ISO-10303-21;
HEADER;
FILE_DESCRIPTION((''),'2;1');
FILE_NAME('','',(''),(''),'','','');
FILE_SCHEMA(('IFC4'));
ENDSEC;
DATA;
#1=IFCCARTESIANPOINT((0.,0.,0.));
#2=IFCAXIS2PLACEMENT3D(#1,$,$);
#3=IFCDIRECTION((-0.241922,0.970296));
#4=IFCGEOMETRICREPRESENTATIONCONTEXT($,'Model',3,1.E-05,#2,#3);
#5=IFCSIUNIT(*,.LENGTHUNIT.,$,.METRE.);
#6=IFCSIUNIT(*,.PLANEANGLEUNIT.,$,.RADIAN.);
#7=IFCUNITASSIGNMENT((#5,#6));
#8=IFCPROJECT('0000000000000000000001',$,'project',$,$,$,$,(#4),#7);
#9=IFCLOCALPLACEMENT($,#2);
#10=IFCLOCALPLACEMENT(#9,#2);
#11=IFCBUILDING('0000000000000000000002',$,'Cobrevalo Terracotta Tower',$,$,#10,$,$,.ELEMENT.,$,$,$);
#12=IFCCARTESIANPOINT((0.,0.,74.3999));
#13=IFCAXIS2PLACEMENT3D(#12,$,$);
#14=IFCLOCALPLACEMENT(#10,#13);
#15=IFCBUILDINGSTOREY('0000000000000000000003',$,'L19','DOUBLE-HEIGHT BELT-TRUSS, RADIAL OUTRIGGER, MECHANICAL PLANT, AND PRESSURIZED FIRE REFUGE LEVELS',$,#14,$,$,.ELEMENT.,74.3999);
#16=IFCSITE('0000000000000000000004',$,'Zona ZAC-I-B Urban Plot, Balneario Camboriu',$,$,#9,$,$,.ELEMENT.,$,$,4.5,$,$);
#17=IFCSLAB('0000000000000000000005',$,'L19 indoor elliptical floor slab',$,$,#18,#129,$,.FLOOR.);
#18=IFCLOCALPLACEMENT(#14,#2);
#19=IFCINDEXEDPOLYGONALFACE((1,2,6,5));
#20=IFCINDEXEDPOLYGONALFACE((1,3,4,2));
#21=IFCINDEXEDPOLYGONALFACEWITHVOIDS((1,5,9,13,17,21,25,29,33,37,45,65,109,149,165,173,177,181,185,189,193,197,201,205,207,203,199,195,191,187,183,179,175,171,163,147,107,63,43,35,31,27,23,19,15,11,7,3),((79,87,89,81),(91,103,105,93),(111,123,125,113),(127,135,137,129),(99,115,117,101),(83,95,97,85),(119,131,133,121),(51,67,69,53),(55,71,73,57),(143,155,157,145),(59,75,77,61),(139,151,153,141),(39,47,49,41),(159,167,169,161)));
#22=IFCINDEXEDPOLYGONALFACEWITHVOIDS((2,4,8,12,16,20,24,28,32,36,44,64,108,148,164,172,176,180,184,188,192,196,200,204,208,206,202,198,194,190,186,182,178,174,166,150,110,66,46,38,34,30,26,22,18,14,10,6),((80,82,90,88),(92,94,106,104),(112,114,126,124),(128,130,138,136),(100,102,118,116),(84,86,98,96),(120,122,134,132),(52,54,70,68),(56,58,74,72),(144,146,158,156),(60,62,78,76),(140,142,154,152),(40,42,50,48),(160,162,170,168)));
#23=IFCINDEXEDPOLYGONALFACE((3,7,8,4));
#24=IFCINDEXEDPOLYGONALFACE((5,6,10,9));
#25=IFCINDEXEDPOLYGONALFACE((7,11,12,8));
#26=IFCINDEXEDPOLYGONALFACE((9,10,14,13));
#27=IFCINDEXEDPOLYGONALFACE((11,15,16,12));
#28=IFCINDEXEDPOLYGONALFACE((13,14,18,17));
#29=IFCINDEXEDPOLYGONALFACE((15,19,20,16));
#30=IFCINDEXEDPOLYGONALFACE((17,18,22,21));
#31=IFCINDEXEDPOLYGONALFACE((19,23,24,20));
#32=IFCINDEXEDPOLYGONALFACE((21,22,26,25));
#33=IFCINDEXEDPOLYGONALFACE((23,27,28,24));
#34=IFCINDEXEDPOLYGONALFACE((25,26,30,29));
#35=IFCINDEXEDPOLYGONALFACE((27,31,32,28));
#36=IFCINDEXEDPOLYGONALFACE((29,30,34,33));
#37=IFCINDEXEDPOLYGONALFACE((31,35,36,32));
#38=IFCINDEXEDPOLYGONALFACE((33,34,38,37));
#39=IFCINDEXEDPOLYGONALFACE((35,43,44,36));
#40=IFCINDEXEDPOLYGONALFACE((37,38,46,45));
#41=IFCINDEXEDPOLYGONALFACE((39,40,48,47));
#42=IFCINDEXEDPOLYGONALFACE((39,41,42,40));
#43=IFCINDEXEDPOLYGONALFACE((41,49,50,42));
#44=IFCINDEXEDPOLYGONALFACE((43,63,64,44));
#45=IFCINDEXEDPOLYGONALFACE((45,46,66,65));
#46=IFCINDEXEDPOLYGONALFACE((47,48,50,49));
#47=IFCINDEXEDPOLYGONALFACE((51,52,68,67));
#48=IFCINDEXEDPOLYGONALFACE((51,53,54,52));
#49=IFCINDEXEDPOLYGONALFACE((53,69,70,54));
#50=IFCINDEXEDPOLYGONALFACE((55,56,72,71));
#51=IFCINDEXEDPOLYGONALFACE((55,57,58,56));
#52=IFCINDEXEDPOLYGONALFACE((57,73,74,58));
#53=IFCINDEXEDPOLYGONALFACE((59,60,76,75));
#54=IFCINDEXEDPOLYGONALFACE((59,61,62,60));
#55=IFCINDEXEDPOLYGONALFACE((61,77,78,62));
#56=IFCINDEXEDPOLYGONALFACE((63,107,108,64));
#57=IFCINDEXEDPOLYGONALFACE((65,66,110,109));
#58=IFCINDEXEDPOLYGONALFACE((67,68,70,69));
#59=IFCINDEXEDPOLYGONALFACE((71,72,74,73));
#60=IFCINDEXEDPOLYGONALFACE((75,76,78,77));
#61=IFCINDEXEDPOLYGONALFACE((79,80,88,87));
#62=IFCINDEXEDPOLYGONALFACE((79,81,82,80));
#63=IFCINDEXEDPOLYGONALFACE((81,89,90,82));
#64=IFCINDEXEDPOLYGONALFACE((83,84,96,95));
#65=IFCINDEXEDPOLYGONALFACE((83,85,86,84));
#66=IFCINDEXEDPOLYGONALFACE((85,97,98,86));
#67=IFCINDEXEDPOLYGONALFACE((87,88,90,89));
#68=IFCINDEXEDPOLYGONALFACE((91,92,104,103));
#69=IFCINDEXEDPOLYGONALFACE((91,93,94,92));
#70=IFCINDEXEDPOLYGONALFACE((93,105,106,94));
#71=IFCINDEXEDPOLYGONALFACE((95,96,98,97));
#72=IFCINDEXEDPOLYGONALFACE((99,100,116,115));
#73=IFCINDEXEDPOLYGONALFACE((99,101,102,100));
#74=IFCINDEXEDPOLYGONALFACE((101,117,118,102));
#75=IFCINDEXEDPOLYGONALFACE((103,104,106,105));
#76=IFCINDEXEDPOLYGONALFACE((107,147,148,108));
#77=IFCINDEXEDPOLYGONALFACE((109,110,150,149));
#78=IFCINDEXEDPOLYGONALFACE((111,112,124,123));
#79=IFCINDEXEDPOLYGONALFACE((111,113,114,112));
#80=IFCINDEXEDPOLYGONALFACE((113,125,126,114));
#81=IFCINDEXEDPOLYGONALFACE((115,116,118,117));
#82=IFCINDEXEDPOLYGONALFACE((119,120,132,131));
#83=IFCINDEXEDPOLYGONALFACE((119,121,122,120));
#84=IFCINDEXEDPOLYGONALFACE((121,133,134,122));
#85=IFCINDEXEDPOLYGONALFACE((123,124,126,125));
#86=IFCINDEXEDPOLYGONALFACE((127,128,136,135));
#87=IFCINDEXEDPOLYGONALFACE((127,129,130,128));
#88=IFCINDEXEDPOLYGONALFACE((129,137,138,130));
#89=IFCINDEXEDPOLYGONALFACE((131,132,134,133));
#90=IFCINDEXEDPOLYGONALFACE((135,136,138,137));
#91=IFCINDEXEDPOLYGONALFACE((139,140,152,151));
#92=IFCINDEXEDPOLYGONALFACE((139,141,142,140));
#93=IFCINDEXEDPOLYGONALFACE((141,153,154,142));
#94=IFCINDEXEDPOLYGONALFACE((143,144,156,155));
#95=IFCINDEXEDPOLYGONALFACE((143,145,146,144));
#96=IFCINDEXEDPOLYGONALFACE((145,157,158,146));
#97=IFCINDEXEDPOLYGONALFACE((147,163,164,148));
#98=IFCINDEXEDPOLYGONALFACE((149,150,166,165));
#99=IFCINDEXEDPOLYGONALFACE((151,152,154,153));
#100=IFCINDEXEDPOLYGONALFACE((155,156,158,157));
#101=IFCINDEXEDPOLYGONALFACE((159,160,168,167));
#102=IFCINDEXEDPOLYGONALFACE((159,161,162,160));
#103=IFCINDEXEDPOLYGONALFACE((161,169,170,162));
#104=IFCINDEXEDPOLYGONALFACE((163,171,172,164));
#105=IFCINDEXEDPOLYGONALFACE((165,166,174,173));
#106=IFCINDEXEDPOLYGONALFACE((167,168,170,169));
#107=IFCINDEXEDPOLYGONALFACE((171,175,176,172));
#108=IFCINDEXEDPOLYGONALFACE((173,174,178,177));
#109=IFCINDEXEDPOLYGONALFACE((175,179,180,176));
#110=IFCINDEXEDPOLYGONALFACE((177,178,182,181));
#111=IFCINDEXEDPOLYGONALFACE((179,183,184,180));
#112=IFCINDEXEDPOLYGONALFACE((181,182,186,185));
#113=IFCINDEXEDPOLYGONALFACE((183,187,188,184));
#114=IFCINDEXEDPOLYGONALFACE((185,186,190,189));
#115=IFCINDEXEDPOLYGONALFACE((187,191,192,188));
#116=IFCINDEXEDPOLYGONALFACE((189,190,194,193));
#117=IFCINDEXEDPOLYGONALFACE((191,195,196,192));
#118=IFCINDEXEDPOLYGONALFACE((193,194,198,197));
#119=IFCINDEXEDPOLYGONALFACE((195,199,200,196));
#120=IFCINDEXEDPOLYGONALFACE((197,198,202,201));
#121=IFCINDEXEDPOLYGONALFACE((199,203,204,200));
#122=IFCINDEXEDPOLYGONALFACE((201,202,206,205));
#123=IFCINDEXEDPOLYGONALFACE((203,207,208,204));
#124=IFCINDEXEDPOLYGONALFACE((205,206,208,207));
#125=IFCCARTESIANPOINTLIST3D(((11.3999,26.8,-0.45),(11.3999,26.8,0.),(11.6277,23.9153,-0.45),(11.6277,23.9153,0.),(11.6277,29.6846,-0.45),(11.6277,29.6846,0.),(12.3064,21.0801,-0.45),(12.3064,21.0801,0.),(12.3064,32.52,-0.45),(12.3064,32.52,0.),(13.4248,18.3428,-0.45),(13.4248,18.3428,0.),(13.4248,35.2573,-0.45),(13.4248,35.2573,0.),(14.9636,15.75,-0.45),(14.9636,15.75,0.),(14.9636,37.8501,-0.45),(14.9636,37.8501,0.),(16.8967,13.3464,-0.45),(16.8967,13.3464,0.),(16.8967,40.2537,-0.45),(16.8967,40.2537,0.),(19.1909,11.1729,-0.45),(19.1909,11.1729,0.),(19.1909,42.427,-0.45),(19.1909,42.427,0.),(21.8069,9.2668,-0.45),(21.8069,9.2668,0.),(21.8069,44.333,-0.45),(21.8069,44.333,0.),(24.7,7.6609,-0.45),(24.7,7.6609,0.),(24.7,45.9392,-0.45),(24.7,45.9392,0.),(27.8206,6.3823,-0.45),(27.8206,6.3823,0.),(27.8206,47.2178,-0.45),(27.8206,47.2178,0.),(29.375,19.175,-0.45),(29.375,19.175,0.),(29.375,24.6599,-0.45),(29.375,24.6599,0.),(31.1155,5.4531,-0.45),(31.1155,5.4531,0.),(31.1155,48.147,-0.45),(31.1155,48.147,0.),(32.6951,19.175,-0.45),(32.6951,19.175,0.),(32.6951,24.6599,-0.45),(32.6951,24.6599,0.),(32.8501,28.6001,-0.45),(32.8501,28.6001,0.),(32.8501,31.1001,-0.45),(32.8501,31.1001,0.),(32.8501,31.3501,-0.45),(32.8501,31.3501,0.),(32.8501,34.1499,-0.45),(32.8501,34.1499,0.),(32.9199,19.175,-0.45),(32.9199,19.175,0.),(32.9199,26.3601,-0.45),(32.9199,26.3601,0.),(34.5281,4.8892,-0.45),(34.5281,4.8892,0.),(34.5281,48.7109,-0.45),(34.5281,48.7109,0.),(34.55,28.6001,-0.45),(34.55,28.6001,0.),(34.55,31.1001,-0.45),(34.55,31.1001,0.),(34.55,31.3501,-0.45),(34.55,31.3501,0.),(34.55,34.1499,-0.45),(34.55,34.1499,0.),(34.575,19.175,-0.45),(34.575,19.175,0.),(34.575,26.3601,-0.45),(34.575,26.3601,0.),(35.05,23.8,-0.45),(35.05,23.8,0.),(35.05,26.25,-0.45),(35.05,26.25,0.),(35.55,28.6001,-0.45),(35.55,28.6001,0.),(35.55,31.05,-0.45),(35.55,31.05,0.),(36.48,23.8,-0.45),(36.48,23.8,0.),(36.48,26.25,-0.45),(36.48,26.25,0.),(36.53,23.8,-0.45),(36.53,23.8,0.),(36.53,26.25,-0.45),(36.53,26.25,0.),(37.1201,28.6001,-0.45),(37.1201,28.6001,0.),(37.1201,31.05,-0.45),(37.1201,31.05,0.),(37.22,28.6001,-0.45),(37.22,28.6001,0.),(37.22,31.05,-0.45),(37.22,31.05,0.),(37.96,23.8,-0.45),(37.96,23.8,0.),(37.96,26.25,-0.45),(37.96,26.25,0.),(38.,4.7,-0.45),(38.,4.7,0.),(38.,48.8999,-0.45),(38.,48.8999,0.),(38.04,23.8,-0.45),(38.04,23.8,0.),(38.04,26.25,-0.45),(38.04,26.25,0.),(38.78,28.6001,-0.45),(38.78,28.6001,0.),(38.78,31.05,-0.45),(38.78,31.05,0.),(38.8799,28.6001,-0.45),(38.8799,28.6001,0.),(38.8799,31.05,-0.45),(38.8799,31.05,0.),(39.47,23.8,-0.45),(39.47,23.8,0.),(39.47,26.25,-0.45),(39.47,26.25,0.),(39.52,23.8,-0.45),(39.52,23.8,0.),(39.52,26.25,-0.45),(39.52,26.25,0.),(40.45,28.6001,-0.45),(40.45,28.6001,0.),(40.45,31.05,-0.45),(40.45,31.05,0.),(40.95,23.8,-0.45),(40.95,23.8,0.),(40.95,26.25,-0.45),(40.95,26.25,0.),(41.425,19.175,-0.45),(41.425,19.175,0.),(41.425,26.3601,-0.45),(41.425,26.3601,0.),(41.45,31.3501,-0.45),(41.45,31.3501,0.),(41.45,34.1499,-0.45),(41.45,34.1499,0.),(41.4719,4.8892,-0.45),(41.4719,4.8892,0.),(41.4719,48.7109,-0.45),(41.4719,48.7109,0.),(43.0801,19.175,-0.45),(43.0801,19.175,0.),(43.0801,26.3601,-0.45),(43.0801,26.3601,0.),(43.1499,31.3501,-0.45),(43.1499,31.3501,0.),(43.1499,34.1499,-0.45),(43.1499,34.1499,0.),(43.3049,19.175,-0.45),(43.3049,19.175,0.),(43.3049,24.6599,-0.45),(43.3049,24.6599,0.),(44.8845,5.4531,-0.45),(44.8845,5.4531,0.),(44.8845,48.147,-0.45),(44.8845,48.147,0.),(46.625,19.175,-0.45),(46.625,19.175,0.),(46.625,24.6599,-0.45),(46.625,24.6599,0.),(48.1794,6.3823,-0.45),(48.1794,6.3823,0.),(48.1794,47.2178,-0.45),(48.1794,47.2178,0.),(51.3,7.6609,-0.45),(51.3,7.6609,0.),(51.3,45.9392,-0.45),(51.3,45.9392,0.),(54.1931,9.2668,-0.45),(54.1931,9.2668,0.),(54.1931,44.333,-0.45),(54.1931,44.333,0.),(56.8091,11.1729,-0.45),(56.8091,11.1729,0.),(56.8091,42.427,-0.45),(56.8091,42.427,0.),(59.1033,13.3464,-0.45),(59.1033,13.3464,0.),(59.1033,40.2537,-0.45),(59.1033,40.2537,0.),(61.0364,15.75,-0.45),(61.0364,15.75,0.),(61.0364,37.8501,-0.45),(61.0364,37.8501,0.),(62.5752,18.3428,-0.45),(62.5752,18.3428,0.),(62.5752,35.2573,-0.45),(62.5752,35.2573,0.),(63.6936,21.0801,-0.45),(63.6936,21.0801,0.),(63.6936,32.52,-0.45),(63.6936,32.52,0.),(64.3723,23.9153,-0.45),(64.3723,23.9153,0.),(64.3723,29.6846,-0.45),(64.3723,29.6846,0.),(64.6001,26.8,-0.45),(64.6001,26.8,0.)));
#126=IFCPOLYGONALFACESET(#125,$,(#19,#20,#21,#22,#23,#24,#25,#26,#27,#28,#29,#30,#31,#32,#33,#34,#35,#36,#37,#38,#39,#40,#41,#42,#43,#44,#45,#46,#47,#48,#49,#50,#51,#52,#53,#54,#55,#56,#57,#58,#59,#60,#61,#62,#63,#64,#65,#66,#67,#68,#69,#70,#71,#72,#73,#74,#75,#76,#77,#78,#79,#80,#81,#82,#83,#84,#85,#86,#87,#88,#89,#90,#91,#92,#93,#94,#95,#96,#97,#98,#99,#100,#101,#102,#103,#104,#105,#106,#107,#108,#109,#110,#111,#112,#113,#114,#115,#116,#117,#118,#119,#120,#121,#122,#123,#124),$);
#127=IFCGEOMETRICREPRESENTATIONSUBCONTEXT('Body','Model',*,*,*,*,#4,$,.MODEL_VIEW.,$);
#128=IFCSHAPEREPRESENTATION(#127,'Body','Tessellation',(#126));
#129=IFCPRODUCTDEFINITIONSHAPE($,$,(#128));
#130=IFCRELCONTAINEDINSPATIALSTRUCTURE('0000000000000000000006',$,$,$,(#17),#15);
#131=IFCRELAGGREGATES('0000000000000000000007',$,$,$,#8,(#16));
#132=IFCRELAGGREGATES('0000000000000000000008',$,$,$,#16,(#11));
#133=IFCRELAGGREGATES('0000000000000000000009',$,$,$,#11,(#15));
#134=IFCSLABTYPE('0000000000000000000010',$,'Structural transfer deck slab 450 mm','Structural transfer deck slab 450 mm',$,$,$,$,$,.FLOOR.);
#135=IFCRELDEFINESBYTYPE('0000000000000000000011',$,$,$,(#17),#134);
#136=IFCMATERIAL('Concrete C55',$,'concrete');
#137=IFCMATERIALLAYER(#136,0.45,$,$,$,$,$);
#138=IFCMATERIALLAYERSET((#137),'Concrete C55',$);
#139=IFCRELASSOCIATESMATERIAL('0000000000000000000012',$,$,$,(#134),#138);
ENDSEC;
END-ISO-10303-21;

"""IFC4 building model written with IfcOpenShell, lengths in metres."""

from ifc_helpers import new_model, si_unit, direction, frame, origin, place, context, subcontext, project, spatial, polyline, outline, extrude, material, layer, layer_set, type_object, element, save


model = new_model("IFC4")

# Units and contexts
model_context = context("Model", 3, precision=1e-05, world=origin(), true_north=direction((-0.241922, 0.970296)))
body_context = subcontext(model_context, "Body", "Model", "MODEL_VIEW")
ifc_project = project(units=[si_unit("LENGTHUNIT", "METRE"), si_unit("PLANEANGLEUNIT", "RADIAN")], contexts=[model_context])

# Site, building, storey
site_placement = place(None, origin())
site = spatial("IfcSite", under=ifc_project, at=site_placement, Name="Zona ZAC-I-B Urban Plot, Balneario Camboriu", CompositionType="ELEMENT", RefElevation=4.5)
building_placement = place(site_placement, origin())
building = spatial("IfcBuilding", under=site, at=building_placement, Name="Cobrevalo Terracotta Tower", CompositionType="ELEMENT")
storey_placement = place(building_placement, frame((0.0, 0.0, 74.3999)))
storey = spatial("IfcBuildingStorey", under=building, at=storey_placement, Name="L19", Description="DOUBLE-HEIGHT BELT-TRUSS, RADIAL OUTRIGGER, MECHANICAL PLANT, AND PRESSURIZED FIRE REFUGE LEVELS", CompositionType="ELEMENT", Elevation=74.3999)

# Slab
ifc_material_1 = material(Name="Concrete C55", Category="concrete")
ifc_layer_1 = layer(ifc_material_1, 0.45)
ifc_layer_set_1 = layer_set([ifc_layer_1], Name="Concrete C55")
slab_type_1 = type_object("IfcSlabType", Name="Structural transfer deck slab 450 mm", Description="Structural transfer deck slab 450 mm", PredefinedType="FLOOR", material=ifc_layer_set_1)
slab_1_placement = place(storey_placement, frame((0.0, 0.0, -0.45)))
element("IfcSlab", 1, at=slab_1_placement, inside=storey, type_object=slab_type_1, Name="L19 indoor elliptical floor slab", PredefinedType="FLOOR", context=body_context, shape_type="SweptSolid", body=[
    extrude(outline(polyline([(64.3723, 23.9153), (63.6936, 21.0801), (62.5752, 18.3428), (61.0364, 15.75), (59.1033, 13.3464), (56.8091, 11.1729), (54.1931, 9.2668), (51.3, 7.6609), (48.1794, 6.3823), (44.8845, 5.4531), (41.4719, 4.8892), (38.0, 4.7), (34.5281, 4.8892), (31.1155, 5.4531), (27.8206, 6.3823), (24.7, 7.6609), (21.8069, 9.2668), (19.1909, 11.1729), (16.8967, 13.3464), (14.9636, 15.75), (13.4248, 18.3428), (12.3064, 21.0801), (11.6277, 23.9153), (11.3999, 26.8), (11.6277, 29.6846), (12.3064, 32.52), (13.4248, 35.2573), (14.9636, 37.8501), (16.8967, 40.2537), (19.1909, 42.427), (21.8069, 44.333), (24.7, 45.9392), (27.8206, 47.2178), (31.1155, 48.147), (34.5281, 48.7109), (38.0, 48.8999), (41.4719, 48.7109), (44.8845, 48.147), (48.1794, 47.2178), (51.3, 45.9392), (54.1931, 44.333), (56.8091, 42.427), (59.1033, 40.2537), (61.0364, 37.8501), (62.5752, 35.2573), (63.6936, 32.52), (64.3723, 29.6846), (64.6001, 26.8), (64.3723, 23.9153)]), holes=[polyline([(32.6951, 19.175), (32.6951, 24.6599), (29.375, 24.6599), (29.375, 19.175), (32.6951, 19.175)]), polyline([(34.575, 19.175), (34.575, 26.3601), (32.9199, 26.3601), (32.9199, 19.175), (34.575, 19.175)]), polyline([(36.48, 23.8), (36.48, 26.25), (35.05, 26.25), (35.05, 23.8), (36.48, 23.8)]), polyline([(37.96, 23.8), (37.96, 26.25), (36.53, 26.25), (36.53, 23.8), (37.96, 23.8)]), polyline([(37.1201, 28.6001), (37.1201, 31.05), (35.55, 31.05), (35.55, 28.6001), (37.1201, 28.6001)]), polyline([(34.55, 28.6001), (34.55, 31.1001), (32.8501, 31.1001), (32.8501, 28.6001), (34.55, 28.6001)]), polyline([(34.55, 31.3501), (34.55, 34.1499), (32.8501, 34.1499), (32.8501, 31.3501), (34.55, 31.3501)]), polyline([(46.625, 19.175), (46.625, 24.6599), (43.3049, 24.6599), (43.3049, 19.175), (46.625, 19.175)]), polyline([(43.0801, 19.175), (43.0801, 26.3601), (41.425, 26.3601), (41.425, 19.175), (43.0801, 19.175)]), polyline([(39.47, 23.8), (39.47, 26.25), (38.04, 26.25), (38.04, 23.8), (39.47, 23.8)]), polyline([(40.95, 23.8), (40.95, 26.25), (39.52, 26.25), (39.52, 23.8), (40.95, 23.8)]), polyline([(38.78, 28.6001), (38.78, 31.05), (37.22, 31.05), (37.22, 28.6001), (38.78, 28.6001)]), polyline([(40.45, 28.6001), (40.45, 31.05), (38.8799, 31.05), (38.8799, 28.6001), (40.45, 28.6001)]), polyline([(43.1499, 31.3501), (43.1499, 34.1499), (41.45, 34.1499), (41.45, 31.3501), (43.1499, 31.3501)])]), origin(), (0.0, 0.0, 1.0), 0.45),
])

save(model, "model.ifc")
